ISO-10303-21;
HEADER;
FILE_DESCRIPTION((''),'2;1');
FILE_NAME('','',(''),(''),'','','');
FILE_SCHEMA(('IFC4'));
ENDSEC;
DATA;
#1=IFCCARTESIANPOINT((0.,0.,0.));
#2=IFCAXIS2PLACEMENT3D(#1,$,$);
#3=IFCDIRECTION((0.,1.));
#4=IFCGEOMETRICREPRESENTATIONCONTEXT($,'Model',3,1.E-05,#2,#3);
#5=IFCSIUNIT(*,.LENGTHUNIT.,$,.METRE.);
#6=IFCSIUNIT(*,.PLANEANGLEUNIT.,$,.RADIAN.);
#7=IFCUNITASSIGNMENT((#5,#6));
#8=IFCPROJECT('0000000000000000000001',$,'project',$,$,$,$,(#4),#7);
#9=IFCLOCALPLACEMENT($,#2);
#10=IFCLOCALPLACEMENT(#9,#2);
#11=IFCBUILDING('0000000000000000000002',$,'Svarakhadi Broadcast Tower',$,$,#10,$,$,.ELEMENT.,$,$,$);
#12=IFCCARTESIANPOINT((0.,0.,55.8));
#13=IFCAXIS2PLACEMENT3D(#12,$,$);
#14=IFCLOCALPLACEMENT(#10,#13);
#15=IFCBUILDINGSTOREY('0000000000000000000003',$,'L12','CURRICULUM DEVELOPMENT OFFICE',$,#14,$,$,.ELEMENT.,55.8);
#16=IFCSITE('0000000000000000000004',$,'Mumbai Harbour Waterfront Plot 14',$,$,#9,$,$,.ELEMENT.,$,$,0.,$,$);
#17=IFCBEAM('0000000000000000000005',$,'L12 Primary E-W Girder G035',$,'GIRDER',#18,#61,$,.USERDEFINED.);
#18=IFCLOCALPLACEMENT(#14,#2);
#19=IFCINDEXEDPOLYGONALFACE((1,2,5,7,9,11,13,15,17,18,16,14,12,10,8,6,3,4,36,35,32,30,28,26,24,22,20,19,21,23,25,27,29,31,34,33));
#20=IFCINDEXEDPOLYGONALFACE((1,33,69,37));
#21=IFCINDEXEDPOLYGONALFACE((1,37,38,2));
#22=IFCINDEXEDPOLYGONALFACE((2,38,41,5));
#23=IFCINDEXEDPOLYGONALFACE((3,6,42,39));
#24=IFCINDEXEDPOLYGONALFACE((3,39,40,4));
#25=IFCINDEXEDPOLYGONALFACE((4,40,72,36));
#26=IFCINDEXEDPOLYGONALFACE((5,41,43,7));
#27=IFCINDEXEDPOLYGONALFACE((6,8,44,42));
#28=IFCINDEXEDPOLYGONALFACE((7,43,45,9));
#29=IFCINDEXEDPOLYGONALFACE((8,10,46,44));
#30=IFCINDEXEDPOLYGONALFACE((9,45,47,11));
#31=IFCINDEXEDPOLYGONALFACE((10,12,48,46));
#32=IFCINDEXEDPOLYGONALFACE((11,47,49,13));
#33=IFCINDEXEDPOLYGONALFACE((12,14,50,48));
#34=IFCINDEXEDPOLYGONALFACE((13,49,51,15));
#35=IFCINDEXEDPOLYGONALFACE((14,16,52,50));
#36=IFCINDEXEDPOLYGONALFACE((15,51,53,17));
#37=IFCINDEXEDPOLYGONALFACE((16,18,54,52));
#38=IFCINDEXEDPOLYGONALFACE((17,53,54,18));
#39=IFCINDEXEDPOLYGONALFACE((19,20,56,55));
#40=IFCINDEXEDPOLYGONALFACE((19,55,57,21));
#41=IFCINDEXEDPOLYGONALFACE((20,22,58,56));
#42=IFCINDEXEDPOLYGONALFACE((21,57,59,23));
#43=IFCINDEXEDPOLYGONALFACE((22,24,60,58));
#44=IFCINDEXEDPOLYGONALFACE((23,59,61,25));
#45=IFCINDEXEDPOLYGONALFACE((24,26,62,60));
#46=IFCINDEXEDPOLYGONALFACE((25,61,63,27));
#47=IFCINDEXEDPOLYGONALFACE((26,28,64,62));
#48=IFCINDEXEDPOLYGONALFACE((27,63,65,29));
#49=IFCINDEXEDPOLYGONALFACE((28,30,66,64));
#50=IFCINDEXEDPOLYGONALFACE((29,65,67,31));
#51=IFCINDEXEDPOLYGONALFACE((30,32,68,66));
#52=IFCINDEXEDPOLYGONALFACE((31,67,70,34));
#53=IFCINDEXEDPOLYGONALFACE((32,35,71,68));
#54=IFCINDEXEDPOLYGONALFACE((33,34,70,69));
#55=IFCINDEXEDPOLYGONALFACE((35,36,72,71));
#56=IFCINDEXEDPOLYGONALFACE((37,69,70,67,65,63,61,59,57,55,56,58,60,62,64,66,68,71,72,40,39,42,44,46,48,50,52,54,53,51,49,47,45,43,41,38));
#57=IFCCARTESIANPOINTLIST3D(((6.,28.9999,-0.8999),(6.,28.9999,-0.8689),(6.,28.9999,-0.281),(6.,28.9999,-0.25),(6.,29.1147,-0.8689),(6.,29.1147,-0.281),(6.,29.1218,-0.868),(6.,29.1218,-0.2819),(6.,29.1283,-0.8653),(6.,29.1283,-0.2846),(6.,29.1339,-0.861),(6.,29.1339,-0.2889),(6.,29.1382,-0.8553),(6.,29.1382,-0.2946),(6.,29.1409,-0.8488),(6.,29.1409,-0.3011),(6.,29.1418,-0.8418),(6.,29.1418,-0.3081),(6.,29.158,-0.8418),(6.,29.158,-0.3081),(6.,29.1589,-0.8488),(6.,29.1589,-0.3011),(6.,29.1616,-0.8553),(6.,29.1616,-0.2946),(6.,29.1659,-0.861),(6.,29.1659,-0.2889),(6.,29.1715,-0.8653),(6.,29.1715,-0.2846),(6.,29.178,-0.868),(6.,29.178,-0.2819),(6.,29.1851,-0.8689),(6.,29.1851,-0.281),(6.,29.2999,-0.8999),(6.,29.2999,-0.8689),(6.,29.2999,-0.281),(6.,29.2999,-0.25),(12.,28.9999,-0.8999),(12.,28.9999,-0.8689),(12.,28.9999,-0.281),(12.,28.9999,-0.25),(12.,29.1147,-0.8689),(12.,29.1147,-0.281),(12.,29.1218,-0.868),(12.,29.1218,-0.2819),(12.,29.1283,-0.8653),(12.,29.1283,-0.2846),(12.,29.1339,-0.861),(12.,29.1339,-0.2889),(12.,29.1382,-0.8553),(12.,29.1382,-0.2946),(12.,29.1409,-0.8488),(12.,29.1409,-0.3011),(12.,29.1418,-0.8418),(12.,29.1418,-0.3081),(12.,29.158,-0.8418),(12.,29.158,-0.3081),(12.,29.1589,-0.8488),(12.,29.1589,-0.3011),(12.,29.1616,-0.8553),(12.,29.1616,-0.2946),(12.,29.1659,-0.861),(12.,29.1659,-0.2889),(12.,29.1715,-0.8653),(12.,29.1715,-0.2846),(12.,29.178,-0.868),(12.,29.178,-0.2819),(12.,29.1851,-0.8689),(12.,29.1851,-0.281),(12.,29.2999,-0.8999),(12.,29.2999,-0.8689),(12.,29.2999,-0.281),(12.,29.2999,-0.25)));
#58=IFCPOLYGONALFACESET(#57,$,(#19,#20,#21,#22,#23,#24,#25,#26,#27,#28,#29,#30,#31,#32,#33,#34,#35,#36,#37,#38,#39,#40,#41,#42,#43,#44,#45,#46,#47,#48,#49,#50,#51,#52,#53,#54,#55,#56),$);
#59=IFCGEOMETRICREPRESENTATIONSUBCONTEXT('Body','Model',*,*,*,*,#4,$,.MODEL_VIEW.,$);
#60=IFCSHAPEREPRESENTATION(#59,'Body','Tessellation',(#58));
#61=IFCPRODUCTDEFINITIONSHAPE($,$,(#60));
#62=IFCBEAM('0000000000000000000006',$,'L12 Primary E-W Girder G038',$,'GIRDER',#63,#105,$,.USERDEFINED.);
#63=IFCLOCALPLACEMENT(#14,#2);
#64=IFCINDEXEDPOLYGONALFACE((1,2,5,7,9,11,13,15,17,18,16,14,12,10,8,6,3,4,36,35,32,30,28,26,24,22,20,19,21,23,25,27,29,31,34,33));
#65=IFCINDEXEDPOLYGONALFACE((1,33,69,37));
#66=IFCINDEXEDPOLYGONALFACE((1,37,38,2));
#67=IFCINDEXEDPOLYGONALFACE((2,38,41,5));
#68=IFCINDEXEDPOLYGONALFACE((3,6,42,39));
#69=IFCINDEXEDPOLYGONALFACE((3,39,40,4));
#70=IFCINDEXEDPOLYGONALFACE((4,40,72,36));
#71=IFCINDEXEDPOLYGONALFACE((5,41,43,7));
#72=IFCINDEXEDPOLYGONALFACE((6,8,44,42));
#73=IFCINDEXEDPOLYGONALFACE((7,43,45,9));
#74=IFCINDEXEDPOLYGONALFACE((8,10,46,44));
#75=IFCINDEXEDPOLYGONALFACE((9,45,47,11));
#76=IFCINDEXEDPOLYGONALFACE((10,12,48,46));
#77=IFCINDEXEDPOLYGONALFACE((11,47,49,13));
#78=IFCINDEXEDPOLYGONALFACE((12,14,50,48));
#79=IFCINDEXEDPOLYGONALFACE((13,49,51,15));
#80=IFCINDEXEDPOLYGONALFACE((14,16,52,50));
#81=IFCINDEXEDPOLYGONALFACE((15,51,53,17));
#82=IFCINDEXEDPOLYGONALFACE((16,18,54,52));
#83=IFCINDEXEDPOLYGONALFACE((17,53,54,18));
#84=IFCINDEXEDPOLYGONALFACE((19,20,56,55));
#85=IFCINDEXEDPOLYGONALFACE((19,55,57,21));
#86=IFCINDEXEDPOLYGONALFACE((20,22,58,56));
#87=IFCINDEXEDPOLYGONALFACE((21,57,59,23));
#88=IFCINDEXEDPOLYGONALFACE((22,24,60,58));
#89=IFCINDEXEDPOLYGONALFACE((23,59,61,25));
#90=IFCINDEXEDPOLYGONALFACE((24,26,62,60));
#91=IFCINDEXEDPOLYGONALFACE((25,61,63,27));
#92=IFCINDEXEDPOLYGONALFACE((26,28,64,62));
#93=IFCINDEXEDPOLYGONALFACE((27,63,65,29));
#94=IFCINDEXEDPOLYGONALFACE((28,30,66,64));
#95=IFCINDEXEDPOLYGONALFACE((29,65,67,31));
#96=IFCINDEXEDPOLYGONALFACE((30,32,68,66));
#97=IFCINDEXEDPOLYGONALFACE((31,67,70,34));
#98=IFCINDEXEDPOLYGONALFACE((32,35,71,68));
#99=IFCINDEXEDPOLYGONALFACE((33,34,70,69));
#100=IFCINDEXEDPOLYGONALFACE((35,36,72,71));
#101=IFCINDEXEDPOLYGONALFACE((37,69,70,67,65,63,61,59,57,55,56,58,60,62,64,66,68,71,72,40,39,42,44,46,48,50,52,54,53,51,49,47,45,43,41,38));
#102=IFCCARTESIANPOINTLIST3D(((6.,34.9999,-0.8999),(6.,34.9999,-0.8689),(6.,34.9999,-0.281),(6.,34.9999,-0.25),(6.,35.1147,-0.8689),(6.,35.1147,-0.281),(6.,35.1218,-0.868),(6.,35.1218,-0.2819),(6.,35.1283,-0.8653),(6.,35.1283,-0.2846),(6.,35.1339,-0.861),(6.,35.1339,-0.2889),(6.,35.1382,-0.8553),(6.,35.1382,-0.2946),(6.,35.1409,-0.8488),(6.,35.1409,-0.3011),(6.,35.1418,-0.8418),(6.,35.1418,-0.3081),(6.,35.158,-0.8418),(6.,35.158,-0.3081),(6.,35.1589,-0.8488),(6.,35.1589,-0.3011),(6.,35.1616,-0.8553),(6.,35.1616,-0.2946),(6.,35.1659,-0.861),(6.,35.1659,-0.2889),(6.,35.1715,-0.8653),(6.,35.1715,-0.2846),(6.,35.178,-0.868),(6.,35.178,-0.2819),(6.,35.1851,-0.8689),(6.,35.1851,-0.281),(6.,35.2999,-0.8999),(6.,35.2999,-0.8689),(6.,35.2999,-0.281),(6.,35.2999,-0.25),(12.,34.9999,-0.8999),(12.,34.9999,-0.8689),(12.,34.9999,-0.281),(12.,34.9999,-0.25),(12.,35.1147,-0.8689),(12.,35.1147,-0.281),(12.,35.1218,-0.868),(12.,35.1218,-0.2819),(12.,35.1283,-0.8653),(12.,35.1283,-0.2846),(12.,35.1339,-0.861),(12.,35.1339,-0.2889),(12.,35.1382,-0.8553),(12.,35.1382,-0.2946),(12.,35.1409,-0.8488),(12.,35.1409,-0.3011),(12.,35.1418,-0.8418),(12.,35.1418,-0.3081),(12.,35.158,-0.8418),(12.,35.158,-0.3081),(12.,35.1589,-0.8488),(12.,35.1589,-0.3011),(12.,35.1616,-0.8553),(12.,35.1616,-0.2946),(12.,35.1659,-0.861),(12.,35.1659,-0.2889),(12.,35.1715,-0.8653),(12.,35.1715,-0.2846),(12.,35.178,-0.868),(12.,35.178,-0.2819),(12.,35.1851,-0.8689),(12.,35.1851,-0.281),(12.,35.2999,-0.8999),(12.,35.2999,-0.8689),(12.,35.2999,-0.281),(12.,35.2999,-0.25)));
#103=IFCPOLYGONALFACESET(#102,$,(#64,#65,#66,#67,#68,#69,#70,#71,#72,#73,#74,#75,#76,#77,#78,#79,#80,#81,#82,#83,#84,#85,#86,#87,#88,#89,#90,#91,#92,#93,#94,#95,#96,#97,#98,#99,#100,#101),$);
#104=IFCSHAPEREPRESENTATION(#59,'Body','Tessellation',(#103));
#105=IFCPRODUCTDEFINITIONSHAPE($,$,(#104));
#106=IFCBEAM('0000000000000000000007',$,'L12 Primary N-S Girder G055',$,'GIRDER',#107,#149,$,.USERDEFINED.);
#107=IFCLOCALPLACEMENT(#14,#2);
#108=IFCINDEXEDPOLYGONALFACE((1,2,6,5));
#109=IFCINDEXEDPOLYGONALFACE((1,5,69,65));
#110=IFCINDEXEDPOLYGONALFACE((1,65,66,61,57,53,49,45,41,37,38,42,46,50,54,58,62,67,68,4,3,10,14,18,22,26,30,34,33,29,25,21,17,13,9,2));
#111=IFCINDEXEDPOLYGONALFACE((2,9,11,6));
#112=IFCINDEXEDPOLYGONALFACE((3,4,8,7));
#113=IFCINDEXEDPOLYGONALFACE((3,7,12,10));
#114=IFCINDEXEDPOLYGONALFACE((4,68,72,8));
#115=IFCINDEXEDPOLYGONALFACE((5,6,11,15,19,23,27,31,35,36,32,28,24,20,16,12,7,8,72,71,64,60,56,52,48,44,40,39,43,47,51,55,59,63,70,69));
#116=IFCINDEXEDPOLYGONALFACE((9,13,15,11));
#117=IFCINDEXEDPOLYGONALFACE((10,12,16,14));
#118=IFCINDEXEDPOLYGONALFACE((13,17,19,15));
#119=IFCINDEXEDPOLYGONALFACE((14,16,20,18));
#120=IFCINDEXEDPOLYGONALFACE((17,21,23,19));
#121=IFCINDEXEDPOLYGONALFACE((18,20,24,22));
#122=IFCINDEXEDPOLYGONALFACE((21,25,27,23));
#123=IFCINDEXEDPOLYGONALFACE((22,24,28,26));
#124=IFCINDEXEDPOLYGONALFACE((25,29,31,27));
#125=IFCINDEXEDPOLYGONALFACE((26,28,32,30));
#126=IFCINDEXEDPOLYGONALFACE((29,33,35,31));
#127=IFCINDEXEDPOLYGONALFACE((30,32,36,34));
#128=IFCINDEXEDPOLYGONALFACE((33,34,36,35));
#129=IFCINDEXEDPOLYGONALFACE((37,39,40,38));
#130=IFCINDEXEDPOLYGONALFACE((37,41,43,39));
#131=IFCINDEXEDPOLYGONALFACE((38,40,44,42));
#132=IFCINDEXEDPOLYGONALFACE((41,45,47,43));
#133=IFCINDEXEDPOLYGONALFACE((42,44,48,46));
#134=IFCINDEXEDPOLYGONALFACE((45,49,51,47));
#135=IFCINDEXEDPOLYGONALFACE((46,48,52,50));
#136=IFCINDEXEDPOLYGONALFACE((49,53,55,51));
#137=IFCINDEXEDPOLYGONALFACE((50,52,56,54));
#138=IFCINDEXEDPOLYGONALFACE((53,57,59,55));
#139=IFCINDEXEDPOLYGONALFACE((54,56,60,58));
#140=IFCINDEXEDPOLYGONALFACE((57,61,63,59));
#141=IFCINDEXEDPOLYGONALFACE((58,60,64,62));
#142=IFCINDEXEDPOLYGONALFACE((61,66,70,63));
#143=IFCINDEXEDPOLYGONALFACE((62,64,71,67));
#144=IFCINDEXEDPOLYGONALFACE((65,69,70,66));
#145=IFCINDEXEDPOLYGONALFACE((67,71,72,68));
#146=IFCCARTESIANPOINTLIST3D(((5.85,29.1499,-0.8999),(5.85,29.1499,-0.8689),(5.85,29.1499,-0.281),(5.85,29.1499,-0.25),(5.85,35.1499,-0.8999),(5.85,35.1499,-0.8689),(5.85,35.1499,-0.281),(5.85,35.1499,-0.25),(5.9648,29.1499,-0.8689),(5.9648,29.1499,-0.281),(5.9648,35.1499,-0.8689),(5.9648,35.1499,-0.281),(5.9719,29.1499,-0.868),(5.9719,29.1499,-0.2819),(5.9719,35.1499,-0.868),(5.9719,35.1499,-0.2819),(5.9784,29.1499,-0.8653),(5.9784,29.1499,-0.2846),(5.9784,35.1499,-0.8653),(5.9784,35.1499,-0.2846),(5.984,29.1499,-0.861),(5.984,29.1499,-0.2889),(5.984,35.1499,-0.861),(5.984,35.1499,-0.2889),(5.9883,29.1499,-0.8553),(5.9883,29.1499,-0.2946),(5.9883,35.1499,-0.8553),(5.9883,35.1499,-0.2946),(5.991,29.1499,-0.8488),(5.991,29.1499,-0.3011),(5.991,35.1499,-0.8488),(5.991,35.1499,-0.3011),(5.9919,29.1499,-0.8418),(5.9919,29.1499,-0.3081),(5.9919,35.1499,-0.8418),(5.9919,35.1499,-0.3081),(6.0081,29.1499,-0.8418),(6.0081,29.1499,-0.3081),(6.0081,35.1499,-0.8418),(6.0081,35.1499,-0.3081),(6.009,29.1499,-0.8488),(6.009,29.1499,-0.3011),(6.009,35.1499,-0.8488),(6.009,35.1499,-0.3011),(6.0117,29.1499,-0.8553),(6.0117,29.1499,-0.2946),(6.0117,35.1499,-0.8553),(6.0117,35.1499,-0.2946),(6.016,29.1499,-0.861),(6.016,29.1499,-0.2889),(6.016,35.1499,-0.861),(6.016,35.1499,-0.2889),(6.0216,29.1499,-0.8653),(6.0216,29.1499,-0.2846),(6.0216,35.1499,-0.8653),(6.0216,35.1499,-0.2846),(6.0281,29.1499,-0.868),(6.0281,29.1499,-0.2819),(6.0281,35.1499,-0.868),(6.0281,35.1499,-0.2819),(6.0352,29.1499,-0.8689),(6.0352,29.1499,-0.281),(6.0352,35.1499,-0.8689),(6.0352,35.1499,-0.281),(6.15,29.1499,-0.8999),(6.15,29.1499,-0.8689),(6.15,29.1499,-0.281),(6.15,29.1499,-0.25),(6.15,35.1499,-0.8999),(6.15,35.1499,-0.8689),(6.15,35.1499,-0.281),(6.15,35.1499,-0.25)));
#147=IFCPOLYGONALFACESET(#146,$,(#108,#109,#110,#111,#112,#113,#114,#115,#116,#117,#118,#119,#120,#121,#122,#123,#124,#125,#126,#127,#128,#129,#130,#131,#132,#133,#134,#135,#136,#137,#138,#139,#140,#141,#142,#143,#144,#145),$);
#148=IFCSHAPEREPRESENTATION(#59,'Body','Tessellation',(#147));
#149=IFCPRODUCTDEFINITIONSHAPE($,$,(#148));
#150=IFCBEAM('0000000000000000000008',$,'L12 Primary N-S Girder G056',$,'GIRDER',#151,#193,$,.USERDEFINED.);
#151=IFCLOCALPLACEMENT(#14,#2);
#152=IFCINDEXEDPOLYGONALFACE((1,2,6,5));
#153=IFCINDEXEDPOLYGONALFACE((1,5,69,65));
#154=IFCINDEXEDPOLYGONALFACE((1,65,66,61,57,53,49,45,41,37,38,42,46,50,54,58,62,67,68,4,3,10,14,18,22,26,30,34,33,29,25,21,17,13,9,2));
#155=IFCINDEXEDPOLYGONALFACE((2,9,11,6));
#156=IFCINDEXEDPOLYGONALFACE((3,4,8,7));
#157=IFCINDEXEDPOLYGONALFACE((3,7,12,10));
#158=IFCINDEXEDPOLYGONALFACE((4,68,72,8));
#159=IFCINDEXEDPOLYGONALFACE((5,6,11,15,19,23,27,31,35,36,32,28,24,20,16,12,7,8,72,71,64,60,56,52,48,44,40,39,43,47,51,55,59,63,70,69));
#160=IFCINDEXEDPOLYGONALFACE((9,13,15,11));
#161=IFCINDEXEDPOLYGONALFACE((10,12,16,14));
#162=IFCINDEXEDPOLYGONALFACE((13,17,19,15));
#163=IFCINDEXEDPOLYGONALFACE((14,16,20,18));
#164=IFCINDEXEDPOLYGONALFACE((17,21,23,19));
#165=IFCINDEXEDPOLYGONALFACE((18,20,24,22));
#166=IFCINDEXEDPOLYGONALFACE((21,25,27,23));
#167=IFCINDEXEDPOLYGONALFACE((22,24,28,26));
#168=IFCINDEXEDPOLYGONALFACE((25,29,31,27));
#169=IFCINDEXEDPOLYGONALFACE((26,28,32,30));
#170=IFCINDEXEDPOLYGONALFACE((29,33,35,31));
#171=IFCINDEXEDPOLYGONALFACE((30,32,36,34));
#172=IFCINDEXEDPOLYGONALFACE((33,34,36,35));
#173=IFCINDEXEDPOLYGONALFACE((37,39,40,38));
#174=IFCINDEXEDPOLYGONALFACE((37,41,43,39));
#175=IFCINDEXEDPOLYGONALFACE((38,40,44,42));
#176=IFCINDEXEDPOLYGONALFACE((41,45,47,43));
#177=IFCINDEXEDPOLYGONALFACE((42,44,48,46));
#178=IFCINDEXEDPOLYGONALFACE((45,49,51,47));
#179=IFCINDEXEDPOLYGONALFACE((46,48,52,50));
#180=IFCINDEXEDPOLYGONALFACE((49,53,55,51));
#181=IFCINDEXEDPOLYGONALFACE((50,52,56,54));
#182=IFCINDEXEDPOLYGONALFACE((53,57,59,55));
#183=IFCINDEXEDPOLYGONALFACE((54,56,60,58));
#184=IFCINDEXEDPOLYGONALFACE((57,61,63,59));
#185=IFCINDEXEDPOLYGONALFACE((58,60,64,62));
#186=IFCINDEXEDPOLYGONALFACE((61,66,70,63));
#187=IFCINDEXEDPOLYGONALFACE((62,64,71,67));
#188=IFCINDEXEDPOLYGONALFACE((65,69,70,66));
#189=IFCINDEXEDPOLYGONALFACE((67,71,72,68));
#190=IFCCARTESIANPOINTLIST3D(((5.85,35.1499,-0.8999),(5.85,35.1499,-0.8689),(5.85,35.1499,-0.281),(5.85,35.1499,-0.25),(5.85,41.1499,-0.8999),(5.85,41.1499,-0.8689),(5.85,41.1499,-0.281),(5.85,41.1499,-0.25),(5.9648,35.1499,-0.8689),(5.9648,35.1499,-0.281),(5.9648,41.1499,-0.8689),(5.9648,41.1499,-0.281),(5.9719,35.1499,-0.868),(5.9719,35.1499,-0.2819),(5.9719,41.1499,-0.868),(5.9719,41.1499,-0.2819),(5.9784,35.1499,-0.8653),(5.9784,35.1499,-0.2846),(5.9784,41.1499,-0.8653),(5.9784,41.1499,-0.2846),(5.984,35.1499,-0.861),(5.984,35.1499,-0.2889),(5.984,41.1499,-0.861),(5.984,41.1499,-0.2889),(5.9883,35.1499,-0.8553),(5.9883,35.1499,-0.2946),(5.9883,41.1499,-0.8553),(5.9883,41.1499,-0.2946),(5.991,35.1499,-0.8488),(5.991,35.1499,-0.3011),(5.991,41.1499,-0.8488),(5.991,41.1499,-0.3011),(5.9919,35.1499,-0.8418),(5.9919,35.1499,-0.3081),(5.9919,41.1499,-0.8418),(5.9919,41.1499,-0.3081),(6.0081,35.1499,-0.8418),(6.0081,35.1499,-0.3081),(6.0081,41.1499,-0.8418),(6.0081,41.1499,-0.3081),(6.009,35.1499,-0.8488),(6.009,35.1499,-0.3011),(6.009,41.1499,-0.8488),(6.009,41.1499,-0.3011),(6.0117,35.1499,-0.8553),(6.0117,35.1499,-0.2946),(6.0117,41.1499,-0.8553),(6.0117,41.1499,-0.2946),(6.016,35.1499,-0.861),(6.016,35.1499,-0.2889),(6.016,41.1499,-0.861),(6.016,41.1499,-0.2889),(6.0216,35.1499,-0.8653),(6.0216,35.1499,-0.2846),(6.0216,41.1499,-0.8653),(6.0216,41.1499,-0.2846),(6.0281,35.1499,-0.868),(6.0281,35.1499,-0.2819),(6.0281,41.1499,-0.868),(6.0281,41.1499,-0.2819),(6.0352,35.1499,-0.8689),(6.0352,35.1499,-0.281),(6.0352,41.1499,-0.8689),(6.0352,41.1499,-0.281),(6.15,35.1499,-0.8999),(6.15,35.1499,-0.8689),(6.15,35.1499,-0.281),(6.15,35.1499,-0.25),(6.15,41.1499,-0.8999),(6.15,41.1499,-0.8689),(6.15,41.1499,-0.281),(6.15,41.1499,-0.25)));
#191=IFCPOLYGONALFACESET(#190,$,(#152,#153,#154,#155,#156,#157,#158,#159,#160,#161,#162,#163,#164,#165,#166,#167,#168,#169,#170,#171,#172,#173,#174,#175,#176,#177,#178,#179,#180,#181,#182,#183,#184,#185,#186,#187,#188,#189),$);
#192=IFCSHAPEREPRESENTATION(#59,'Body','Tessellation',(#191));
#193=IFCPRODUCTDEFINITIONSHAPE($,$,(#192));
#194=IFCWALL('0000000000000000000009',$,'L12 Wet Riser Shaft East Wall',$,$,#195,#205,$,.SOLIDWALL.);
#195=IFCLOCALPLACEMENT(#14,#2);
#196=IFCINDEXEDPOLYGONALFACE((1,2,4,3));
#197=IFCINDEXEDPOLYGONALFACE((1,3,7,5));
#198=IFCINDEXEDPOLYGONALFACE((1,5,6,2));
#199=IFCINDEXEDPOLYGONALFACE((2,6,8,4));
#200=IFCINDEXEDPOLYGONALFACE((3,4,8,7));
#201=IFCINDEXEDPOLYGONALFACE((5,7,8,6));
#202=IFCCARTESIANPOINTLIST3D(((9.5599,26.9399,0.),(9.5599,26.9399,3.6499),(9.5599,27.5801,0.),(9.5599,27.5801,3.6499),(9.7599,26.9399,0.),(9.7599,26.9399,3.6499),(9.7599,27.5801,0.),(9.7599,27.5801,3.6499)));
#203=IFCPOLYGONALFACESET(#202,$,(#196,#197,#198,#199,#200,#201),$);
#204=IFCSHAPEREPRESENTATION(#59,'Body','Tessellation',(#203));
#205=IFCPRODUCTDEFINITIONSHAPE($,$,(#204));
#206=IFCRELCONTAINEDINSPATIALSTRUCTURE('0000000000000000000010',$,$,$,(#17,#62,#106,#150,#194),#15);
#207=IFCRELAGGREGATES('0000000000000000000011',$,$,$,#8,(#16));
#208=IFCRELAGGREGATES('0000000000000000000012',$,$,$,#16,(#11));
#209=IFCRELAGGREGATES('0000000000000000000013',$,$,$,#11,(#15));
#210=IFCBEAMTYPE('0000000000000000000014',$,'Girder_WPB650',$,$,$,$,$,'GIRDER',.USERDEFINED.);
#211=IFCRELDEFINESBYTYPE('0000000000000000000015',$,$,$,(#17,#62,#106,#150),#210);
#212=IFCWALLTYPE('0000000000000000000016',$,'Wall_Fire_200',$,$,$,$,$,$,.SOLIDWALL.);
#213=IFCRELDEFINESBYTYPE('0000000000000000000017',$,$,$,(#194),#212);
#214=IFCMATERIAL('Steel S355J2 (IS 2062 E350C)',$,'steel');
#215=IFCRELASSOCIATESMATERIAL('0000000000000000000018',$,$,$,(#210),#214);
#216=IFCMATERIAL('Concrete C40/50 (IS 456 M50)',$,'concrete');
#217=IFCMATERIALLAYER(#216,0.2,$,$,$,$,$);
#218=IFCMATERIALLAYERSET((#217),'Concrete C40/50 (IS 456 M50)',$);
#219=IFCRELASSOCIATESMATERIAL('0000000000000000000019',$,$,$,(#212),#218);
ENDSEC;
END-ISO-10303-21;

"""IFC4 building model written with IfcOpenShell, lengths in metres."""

from ifc_helpers import new_model, si_unit, direction, frame, frame_2d, origin, origin_2d, place, context, subcontext, project, spatial, rectangle, i_section, extrude, material, layer, layer_set, material_profile, profile_set, type_object, element, save


model = new_model("IFC4")

# Units and contexts
model_context = context("Model", 3, precision=1e-05, world=origin(), true_north=direction((0.0, 1.0)))
body_context = subcontext(model_context, "Body", "Model", "MODEL_VIEW")
ifc_project = project(units=[si_unit("LENGTHUNIT", "METRE"), si_unit("PLANEANGLEUNIT", "RADIAN")], contexts=[model_context])

# Site, building, storey
site_placement = place(None, origin())
site = spatial("IfcSite", under=ifc_project, at=site_placement, Name="Mumbai Harbour Waterfront Plot 14", CompositionType="ELEMENT", RefElevation=0.0)
building_placement = place(site_placement, origin())
building = spatial("IfcBuilding", under=site, at=building_placement, Name="Svarakhadi Broadcast Tower", CompositionType="ELEMENT")
storey_placement = place(building_placement, frame((0.0, 0.0, 55.8)))
storey = spatial("IfcBuildingStorey", under=building, at=storey_placement, Name="L12", Description="CURRICULUM DEVELOPMENT OFFICE", CompositionType="ELEMENT", Elevation=55.8)

# Beams
ifc_material_1 = material(Name="Steel S355J2 (IS 2062 E350C)", Category="steel")
ifc_material_profile_1 = material_profile(ifc_material_1, i_section(OverallWidth=0.3, OverallDepth=0.6499, WebThickness=0.0161, FlangeThickness=0.031, FilletRadius=0.0271, at=origin_2d()), Name="WPB 650x300x225")
ifc_profile_set_1 = profile_set([ifc_material_profile_1], Name="Steel S355J2 (IS 2062 E350C)")
beam_type_1 = type_object("IfcBeamType", Name="Girder_WPB650", ElementType="GIRDER", PredefinedType="USERDEFINED", material=ifc_profile_set_1)
for number, where, z_axis, x_axis, name in (
    (1, (6.0, 29.1499, -0.575), (1.0, 0.0, 0.0), (0.0, 1.0, 0.0), "L12 Primary E-W Girder G035"),
    (2, (6.0, 35.1499, -0.575), (1.0, 0.0, 0.0), (0.0, 1.0, 0.0), "L12 Primary E-W Girder G038"),
    (3, (6.0, 29.1499, -0.575), (0.0, 1.0, 0.0), (-1.0, 0.0, 0.0), "L12 Primary N-S Girder G055"),
    (4, (6.0, 35.1499, -0.575), (0.0, 1.0, 0.0), (-1.0, 0.0, 0.0), "L12 Primary N-S Girder G056"),
):
    element("IfcBeam", number, at=place(storey_placement, frame(where, z_axis=z_axis, x_axis=x_axis)), inside=storey, type_object=beam_type_1, Name=name, ObjectType="GIRDER", PredefinedType="USERDEFINED", context=body_context, shape_type="SweptSolid", body=[
        extrude(i_section(OverallWidth=0.3, OverallDepth=0.6499, WebThickness=0.0161, FlangeThickness=0.031, FilletRadius=0.0271, at=origin_2d()), origin(), (0.0, 0.0, 1.0), 6.0),
    ])

# Wall
ifc_material_2 = material(Name="Concrete C40/50 (IS 456 M50)", Category="concrete")
ifc_layer_1 = layer(ifc_material_2, 0.2)
ifc_layer_set_1 = layer_set([ifc_layer_1], Name="Concrete C40/50 (IS 456 M50)")
wall_type_1 = type_object("IfcWallType", Name="Wall_Fire_200", PredefinedType="SOLIDWALL", material=ifc_layer_set_1)
wall_1_placement = place(storey_placement, frame((9.6599, 26.9399, 0.0), z_axis=(0.0, 0.0, 1.0), x_axis=(0.0, 1.0, 0.0)))
element("IfcWall", 5, at=wall_1_placement, inside=storey, type_object=wall_type_1, Name="L12 Wet Riser Shaft East Wall", PredefinedType="SOLIDWALL", context=body_context, shape_type="SweptSolid", body=[
    extrude(rectangle(XDim=0.6401, YDim=0.2, at=frame_2d((0.3201, 0.0))), origin(), (0.0, 0.0, 1.0), 3.6499),
])

save(model, "model.ifc")
